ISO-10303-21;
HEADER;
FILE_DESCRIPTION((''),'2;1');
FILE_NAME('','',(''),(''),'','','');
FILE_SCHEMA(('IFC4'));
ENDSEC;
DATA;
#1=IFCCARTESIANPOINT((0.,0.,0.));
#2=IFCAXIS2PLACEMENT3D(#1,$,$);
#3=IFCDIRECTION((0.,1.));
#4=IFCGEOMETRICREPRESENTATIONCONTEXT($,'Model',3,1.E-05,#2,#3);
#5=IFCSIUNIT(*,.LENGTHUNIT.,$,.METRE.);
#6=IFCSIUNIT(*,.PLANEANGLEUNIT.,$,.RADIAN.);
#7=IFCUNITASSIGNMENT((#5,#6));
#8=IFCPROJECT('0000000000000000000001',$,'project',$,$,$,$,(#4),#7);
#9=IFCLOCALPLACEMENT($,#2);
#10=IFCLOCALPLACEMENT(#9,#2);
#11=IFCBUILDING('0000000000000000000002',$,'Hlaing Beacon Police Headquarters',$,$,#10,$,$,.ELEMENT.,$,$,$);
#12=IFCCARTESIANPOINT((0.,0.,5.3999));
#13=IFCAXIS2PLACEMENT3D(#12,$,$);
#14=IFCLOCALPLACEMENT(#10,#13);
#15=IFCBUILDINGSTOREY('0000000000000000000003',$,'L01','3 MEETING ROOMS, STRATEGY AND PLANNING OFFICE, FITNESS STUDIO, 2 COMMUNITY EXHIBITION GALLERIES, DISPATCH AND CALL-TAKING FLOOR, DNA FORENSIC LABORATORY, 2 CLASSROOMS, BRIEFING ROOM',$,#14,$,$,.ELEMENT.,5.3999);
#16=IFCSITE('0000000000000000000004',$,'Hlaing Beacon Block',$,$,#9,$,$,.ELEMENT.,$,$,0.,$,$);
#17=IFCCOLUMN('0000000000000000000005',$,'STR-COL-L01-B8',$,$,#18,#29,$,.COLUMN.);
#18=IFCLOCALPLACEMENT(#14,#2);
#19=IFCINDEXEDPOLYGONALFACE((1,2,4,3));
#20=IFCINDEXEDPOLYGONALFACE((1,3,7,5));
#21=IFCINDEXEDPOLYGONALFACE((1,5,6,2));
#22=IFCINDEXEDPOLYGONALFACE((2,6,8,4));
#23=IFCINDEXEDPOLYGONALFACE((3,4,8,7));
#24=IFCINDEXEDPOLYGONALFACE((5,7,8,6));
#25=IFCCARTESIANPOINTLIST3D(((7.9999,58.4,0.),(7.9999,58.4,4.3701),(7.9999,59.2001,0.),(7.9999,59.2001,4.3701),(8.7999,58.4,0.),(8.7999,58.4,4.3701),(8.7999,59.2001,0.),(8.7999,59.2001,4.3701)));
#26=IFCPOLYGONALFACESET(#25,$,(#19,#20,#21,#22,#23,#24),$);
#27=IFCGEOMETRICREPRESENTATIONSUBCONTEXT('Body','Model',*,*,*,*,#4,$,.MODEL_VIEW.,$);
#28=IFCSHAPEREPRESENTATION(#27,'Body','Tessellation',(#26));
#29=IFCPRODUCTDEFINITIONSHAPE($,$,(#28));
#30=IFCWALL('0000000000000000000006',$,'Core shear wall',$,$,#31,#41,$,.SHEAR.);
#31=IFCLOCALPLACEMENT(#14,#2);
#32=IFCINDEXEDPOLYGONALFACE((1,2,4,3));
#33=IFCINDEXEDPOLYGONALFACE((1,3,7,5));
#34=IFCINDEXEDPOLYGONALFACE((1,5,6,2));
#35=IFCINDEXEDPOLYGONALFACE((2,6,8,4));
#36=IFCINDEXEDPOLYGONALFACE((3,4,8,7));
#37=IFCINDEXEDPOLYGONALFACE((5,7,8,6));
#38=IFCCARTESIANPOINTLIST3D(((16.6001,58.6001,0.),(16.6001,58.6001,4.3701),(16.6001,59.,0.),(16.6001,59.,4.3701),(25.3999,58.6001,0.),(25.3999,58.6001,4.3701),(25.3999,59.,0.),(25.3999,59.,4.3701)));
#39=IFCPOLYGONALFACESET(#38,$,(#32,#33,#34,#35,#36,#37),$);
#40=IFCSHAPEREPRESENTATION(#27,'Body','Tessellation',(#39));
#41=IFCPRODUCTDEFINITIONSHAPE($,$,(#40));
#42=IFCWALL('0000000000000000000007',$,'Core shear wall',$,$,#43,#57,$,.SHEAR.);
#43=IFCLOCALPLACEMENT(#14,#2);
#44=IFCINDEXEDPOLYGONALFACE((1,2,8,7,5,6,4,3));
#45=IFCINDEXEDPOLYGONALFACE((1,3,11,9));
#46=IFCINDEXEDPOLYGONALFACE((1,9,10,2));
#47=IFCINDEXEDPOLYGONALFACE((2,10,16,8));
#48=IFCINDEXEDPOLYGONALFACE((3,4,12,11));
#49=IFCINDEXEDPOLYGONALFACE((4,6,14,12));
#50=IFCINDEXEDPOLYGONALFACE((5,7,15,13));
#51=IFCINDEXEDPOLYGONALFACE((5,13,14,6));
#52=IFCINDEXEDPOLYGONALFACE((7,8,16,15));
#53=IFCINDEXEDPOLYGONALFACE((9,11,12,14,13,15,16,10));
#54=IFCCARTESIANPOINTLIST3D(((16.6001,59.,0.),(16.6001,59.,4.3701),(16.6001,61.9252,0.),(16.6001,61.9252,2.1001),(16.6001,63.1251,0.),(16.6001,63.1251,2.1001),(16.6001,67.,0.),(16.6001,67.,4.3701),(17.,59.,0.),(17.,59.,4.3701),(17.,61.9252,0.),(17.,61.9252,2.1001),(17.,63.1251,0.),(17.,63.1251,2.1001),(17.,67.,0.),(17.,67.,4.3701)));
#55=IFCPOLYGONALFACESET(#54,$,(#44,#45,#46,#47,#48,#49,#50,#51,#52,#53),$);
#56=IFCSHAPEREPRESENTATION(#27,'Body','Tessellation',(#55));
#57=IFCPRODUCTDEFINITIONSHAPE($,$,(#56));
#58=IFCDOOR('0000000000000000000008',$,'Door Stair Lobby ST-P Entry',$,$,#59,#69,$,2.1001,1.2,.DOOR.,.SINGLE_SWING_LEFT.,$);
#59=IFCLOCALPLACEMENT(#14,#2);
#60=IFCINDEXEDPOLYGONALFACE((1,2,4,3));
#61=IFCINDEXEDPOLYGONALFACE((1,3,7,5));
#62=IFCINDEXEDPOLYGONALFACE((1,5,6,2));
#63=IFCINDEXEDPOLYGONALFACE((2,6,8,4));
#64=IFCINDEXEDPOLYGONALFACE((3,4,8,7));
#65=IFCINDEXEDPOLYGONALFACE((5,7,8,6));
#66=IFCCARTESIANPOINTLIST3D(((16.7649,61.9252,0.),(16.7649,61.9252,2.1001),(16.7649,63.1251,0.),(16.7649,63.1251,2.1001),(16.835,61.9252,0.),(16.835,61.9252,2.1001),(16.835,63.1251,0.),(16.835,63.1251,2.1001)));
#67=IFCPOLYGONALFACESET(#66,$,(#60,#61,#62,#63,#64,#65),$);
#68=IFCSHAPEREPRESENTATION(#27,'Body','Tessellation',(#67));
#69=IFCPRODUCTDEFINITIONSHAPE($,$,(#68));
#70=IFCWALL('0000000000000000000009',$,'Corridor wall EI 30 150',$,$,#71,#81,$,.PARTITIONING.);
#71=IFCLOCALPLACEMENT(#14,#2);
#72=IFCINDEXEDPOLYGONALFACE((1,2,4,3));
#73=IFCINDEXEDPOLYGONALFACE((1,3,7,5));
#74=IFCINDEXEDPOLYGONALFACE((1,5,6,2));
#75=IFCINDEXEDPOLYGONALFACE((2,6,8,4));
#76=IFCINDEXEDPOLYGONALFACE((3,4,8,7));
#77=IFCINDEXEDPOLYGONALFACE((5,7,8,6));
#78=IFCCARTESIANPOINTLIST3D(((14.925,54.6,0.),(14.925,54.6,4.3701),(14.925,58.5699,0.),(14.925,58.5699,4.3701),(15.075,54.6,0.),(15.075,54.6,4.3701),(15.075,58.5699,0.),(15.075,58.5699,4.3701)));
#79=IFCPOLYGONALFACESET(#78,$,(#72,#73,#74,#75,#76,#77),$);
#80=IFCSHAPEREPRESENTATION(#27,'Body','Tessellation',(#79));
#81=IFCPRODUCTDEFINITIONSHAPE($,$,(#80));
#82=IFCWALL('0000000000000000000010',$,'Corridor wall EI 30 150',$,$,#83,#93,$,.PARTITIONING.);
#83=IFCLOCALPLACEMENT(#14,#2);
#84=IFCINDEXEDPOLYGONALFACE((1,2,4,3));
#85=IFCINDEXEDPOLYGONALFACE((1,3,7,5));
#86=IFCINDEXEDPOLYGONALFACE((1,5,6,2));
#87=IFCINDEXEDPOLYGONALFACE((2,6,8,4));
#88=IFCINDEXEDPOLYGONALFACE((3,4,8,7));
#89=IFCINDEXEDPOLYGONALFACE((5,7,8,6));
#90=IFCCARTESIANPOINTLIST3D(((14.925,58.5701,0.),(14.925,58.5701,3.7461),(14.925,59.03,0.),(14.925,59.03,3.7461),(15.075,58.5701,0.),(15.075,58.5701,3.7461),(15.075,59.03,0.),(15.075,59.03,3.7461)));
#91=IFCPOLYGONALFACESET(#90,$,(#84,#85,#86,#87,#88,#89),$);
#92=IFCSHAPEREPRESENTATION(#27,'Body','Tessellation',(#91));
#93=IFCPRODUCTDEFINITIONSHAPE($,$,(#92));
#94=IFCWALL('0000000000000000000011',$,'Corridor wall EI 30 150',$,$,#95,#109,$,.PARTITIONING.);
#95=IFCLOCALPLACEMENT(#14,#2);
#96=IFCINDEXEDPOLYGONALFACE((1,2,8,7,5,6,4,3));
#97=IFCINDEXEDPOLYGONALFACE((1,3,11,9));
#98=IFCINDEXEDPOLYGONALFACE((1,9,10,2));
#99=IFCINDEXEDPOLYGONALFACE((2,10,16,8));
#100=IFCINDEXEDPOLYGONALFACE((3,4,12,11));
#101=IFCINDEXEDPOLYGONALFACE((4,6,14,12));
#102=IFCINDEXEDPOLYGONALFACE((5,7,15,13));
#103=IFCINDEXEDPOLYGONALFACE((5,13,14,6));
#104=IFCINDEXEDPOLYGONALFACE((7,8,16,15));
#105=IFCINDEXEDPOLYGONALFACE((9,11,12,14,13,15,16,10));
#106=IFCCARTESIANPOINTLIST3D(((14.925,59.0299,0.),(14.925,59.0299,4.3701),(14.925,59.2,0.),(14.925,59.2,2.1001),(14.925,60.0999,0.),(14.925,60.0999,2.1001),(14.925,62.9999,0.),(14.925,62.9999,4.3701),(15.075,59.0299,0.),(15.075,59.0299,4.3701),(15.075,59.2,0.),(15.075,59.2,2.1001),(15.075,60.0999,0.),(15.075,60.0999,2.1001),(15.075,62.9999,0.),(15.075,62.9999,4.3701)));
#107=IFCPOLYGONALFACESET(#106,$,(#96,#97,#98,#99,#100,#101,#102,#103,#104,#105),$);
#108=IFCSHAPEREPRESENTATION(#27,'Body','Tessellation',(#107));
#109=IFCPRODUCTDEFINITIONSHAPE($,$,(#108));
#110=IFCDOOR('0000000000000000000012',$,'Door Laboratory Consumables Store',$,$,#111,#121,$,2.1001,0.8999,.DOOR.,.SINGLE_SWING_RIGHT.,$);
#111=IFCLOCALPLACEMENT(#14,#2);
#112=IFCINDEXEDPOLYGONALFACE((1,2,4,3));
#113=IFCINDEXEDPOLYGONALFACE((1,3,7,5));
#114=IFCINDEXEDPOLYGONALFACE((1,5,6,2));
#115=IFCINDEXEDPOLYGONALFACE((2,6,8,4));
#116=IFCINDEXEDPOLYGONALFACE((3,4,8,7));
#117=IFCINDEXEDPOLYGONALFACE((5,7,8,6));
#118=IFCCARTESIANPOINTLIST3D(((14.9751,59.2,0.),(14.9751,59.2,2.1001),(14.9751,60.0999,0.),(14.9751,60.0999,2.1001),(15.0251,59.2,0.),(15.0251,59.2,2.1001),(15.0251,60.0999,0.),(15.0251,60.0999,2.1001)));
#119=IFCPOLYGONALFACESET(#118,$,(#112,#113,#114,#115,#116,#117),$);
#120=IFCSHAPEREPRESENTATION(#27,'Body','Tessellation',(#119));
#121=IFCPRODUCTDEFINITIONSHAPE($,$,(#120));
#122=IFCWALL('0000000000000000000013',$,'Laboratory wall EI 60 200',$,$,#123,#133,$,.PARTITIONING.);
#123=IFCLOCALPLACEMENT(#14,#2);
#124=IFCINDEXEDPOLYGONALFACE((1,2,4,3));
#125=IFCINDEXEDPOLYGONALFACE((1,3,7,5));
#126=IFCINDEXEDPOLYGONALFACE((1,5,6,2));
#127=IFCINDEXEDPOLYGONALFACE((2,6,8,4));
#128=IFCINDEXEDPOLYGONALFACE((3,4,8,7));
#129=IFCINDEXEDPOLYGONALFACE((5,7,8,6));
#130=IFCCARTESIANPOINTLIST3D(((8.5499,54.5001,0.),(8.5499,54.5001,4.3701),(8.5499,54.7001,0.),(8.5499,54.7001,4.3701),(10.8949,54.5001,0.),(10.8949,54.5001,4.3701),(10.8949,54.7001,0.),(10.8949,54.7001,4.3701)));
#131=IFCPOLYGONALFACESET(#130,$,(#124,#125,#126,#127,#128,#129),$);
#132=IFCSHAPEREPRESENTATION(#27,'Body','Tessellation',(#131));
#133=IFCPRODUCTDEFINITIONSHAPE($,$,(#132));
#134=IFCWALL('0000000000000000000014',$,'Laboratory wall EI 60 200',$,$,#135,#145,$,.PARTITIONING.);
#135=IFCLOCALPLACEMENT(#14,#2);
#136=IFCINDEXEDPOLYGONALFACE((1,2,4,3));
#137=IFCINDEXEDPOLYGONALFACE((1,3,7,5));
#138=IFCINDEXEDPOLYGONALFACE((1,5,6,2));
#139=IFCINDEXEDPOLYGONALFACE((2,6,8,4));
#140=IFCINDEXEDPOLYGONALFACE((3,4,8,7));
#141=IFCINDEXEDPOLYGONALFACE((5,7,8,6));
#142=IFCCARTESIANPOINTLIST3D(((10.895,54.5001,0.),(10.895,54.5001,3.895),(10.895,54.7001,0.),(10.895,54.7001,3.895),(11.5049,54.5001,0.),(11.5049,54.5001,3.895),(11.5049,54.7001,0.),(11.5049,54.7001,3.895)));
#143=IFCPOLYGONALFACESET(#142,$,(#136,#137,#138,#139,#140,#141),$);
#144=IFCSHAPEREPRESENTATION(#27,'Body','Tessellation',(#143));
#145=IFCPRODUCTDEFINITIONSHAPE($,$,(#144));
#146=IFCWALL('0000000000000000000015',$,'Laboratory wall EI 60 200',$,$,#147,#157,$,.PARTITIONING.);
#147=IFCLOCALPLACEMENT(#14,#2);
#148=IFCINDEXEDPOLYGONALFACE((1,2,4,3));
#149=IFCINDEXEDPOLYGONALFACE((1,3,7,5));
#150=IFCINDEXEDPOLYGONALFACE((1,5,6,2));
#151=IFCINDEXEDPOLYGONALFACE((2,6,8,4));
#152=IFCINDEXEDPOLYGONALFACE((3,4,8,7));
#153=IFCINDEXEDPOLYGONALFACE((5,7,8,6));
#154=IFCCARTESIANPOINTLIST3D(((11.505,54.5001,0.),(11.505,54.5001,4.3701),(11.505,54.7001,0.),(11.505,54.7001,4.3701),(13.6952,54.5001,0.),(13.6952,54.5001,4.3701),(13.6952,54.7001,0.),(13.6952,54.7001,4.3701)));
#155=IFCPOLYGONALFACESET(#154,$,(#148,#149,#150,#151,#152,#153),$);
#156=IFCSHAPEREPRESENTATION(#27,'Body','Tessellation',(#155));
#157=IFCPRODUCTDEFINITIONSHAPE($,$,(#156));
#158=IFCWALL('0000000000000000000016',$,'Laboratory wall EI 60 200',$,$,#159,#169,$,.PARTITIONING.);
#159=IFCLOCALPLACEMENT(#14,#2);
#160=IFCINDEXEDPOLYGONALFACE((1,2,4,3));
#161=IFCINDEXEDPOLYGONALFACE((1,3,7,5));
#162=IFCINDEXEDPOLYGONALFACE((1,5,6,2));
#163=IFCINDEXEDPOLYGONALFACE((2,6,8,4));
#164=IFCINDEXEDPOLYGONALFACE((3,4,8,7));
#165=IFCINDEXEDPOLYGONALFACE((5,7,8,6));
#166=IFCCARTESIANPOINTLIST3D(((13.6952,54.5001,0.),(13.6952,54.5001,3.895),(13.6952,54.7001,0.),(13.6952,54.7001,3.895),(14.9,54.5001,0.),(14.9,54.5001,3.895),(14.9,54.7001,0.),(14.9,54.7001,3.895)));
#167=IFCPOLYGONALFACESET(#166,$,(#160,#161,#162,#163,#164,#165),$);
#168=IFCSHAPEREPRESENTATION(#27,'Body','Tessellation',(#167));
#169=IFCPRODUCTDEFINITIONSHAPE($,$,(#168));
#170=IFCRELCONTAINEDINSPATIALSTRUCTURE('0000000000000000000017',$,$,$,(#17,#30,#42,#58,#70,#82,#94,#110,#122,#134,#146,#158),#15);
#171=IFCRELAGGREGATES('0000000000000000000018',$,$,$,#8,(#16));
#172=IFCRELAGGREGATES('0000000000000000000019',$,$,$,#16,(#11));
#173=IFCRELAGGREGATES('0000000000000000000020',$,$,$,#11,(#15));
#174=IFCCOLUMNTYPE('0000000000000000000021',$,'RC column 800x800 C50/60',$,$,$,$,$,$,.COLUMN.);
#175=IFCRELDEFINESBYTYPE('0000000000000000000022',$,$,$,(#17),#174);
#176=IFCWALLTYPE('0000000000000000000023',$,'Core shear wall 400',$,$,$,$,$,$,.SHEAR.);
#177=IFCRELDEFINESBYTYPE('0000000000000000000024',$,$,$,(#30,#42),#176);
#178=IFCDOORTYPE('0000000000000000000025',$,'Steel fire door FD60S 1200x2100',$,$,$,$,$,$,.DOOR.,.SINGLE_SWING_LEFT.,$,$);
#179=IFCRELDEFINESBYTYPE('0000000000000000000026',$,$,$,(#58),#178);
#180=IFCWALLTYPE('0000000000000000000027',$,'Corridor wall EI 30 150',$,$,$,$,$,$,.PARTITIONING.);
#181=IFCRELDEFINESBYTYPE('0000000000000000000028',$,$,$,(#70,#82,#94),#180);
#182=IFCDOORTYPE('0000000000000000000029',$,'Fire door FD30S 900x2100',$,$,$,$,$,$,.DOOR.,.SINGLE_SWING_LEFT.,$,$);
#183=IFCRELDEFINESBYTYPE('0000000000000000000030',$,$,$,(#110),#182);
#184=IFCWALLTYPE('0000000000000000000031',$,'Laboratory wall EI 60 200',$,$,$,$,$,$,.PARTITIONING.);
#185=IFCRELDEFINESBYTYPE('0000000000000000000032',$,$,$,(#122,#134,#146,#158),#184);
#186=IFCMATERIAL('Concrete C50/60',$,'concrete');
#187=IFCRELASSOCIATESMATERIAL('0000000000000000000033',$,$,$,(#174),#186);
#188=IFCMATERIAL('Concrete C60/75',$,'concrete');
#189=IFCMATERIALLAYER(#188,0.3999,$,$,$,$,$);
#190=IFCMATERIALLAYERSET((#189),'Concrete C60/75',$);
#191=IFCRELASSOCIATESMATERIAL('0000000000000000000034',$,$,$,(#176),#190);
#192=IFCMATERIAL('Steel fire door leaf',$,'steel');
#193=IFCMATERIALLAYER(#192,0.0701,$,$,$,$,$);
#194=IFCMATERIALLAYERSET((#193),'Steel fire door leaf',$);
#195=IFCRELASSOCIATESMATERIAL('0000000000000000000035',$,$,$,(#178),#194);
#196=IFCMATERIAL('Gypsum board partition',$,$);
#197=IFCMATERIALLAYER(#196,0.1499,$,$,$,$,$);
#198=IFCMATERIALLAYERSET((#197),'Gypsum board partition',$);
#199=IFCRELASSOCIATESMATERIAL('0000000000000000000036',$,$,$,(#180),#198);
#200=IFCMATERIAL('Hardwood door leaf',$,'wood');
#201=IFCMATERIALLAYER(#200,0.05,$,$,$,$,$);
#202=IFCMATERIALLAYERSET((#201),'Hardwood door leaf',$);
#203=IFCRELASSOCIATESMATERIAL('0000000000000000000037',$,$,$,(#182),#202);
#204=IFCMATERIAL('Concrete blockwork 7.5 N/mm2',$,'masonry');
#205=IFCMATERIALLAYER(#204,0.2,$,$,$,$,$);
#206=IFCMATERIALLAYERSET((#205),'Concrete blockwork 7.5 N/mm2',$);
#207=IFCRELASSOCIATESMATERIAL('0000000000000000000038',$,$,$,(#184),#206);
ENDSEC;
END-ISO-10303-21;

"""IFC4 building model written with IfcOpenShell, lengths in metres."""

from ifc_helpers import new_model, si_unit, direction, frame, frame_2d, origin, origin_2d, place, context, subcontext, project, spatial, rectangle, extrude, material, layer, layer_set, material_profile, profile_set, type_object, element, fill, save


model = new_model("IFC4")

# Units and contexts
model_context = context("Model", 3, precision=1e-05, world=origin(), true_north=direction((0.0, 1.0)))
body_context = subcontext(model_context, "Body", "Model", "MODEL_VIEW")
ifc_project = project(units=[si_unit("LENGTHUNIT", "METRE"), si_unit("PLANEANGLEUNIT", "RADIAN")], contexts=[model_context])

# Site, building, storey
site_placement = place(None, origin())
site = spatial("IfcSite", under=ifc_project, at=site_placement, Name="Hlaing Beacon Block", CompositionType="ELEMENT", RefElevation=0.0)
building_placement = place(site_placement, origin())
building = spatial("IfcBuilding", under=site, at=building_placement, Name="Hlaing Beacon Police Headquarters", CompositionType="ELEMENT")
storey_placement = place(building_placement, frame((0.0, 0.0, 5.3999)))
storey = spatial("IfcBuildingStorey", under=building, at=storey_placement, Name="L01", Description="3 MEETING ROOMS, STRATEGY AND PLANNING OFFICE, FITNESS STUDIO, 2 COMMUNITY EXHIBITION GALLERIES, DISPATCH AND CALL-TAKING FLOOR, DNA FORENSIC LABORATORY, 2 CLASSROOMS, BRIEFING ROOM", CompositionType="ELEMENT", Elevation=5.3999)

# Column
ifc_material_1 = material(Name="Concrete C50/60", Category="concrete")
ifc_material_profile = material_profile(ifc_material_1, rectangle(XDim=0.8, YDim=0.8, at=origin_2d()), Name="800x800")
ifc_profile_set = profile_set([ifc_material_profile], Name="Concrete C50/60")
column_type = type_object("IfcColumnType", Name="RC column 800x800 C50/60", PredefinedType="COLUMN", material=ifc_profile_set)
column_placement = place(storey_placement, frame((8.3999, 58.8, 0.0), z_axis=(0.0, 0.0, 1.0), x_axis=(1.0, 0.0, 0.0)))
element("IfcColumn", 1, at=column_placement, inside=storey, type_object=column_type, Name="STR-COL-L01-B8", PredefinedType="COLUMN", context=body_context, shape_type="SweptSolid", body=[
    extrude(rectangle(XDim=0.8, YDim=0.8, at=origin_2d()), origin(), (0.0, 0.0, 1.0), 4.3701),
])

# Wall
ifc_material_2 = material(Name="Concrete C60/75", Category="concrete")
ifc_layer_1 = layer(ifc_material_2, 0.3999)
ifc_layer_set_1 = layer_set([ifc_layer_1], Name="Concrete C60/75")
wall_type_1 = type_object("IfcWallType", Name="Core shear wall 400", PredefinedType="SHEAR", material=ifc_layer_set_1)
wall_1_placement = place(storey_placement, frame((16.6001, 58.8, 0.0), z_axis=(0.0, 0.0, 1.0), x_axis=(1.0, 0.0, 0.0)))
element("IfcWall", 2, at=wall_1_placement, inside=storey, type_object=wall_type_1, Name="Core shear wall", PredefinedType="SHEAR", context=body_context, shape_type="SweptSolid", body=[
    extrude(rectangle(XDim=8.7998, YDim=0.3999, at=frame_2d((4.3999, 0.0))), origin(), (0.0, 0.0, 1.0), 4.3701),
])

# Wall, opening, door
wall_2_placement = place(storey_placement, frame((16.8, 59.0, 0.0), z_axis=(0.0, 0.0, 1.0), x_axis=(0.0, 1.0, 0.0)))
wall_2 = element("IfcWall", 3, at=wall_2_placement, inside=storey, type_object=wall_type_1, Name="Core shear wall", PredefinedType="SHEAR", context=body_context, shape_type="SweptSolid", body=[
    extrude(rectangle(XDim=8.0, YDim=0.3999, at=frame_2d((4.0, 0.0))), origin(), (0.0, 0.0, 1.0), 4.3701),
])
opening_1_placement = place(wall_2_placement, frame((2.925, 0.0, 0.0)))
opening_1 = element("IfcOpeningElement", 4, at=opening_1_placement, cuts=wall_2, PredefinedType="OPENING", context=body_context, shape_type="SweptSolid", body=[
    extrude(rectangle(XDim=1.2, YDim=2.1001, at=frame_2d((0.6001, 1.05))), frame((0.0, 0.21, 0.0), z_axis=(0.0, -1.0, 0.0), x_axis=(1.0, 0.0, 0.0)), (0.0, 0.0, 1.0), 0.4199),
])
ifc_material_3 = material(Name="Steel fire door leaf", Category="steel")
ifc_layer_2 = layer(ifc_material_3, 0.0701)
ifc_layer_set_2 = layer_set([ifc_layer_2], Name="Steel fire door leaf")
door_type_1 = type_object("IfcDoorType", Name="Steel fire door FD60S 1200x2100", OperationType="SINGLE_SWING_LEFT", PredefinedType="DOOR", material=ifc_layer_set_2)
door_1_placement = place(opening_1_placement, frame((1.2, 0.0, 0.0), z_axis=(0.0, 0.0, 1.0), x_axis=(-1.0, 0.0, 0.0)))
door_1 = element("IfcDoor", 5, at=door_1_placement, inside=storey, type_object=door_type_1, Name="Door Stair Lobby ST-P Entry", OperationType="SINGLE_SWING_LEFT", OverallHeight=2.1001, OverallWidth=1.2, PredefinedType="DOOR", context=body_context, shape_type="SweptSolid", body=[
    extrude(rectangle(XDim=1.2, YDim=2.1001, at=frame_2d((0.5999, 1.05))), frame((0.0, 0.0349, 0.0), z_axis=(0.0, -1.0, 0.0), x_axis=(1.0, 0.0, 0.0)), (0.0, 0.0, 1.0), 0.0701),
])
fill(opening_1, door_1)

# Walls
ifc_material_4 = material(Name="Gypsum board partition")
ifc_layer_3 = layer(ifc_material_4, 0.1499)
ifc_layer_set_3 = layer_set([ifc_layer_3], Name="Gypsum board partition")
wall_type_2 = type_object("IfcWallType", Name="Corridor wall EI 30 150", PredefinedType="PARTITIONING", material=ifc_layer_set_3)
wall_3_placement = place(storey_placement, frame((15.0, 54.6001, 0.0), z_axis=(0.0, 0.0, 1.0), x_axis=(0.0, 1.0, 0.0)))
element("IfcWall", 6, at=wall_3_placement, inside=storey, type_object=wall_type_2, Name="Corridor wall EI 30 150", PredefinedType="PARTITIONING", context=body_context, shape_type="SweptSolid", body=[
    extrude(rectangle(XDim=3.97, YDim=0.1499, at=frame_2d((1.9849, 0.0))), origin(), (0.0, 0.0, 1.0), 4.3701),
])
wall_4_placement = place(storey_placement, frame((15.0, 58.5701, 0.0), z_axis=(0.0, 0.0, 1.0), x_axis=(0.0, 1.0, 0.0)))
element("IfcWall", 7, at=wall_4_placement, inside=storey, type_object=wall_type_2, Name="Corridor wall EI 30 150", PredefinedType="PARTITIONING", context=body_context, shape_type="SweptSolid", body=[
    extrude(rectangle(XDim=0.46, YDim=0.1499, at=frame_2d((0.23, 0.0))), origin(), (0.0, 0.0, 1.0), 3.7461),
])

# Wall, opening, door
wall_5_placement = place(storey_placement, frame((15.0, 59.03, 0.0), z_axis=(0.0, 0.0, 1.0), x_axis=(0.0, 1.0, 0.0)))
wall_5 = element("IfcWall", 8, at=wall_5_placement, inside=storey, type_object=wall_type_2, Name="Corridor wall EI 30 150", PredefinedType="PARTITIONING", context=body_context, shape_type="SweptSolid", body=[
    extrude(rectangle(XDim=3.97, YDim=0.1499, at=frame_2d((1.9849, 0.0))), origin(), (0.0, 0.0, 1.0), 4.3701),
])
opening_2_placement = place(wall_5_placement, frame((0.1699, 0.0, 0.0)))
opening_2 = element("IfcOpeningElement", 9, at=opening_2_placement, cuts=wall_5, PredefinedType="OPENING", context=body_context, shape_type="SweptSolid", body=[
    extrude(rectangle(XDim=0.8999, YDim=2.1001, at=frame_2d((0.45, 1.05))), frame((0.0, 0.085, 0.0), z_axis=(0.0, -1.0, 0.0), x_axis=(1.0, 0.0, 0.0)), (0.0, 0.0, 1.0), 0.1699),
])
ifc_material_5 = material(Name="Hardwood door leaf", Category="wood")
ifc_layer_4 = layer(ifc_material_5, 0.05)
ifc_layer_set_4 = layer_set([ifc_layer_4], Name="Hardwood door leaf")
door_type_2 = type_object("IfcDoorType", Name="Fire door FD30S 900x2100", OperationType="SINGLE_SWING_LEFT", PredefinedType="DOOR", material=ifc_layer_set_4)
door_2_placement = place(opening_2_placement, origin())
door_2 = element("IfcDoor", 10, at=door_2_placement, inside=storey, type_object=door_type_2, Name="Door Laboratory Consumables Store", OperationType="SINGLE_SWING_RIGHT", OverallHeight=2.1001, OverallWidth=0.8999, PredefinedType="DOOR", context=body_context, shape_type="SweptSolid", body=[
    extrude(rectangle(XDim=0.8999, YDim=2.1001, at=frame_2d((0.45, 1.05))), frame((0.0, 0.0249, 0.0), z_axis=(0.0, -1.0, 0.0), x_axis=(1.0, 0.0, 0.0)), (0.0, 0.0, 1.0), 0.05),
])
fill(opening_2, door_2)

# Walls
ifc_material_6 = material(Name="Concrete blockwork 7.5 N/mm2", Category="masonry")
ifc_layer_5 = layer(ifc_material_6, 0.2)
ifc_layer_set_5 = layer_set([ifc_layer_5], Name="Concrete blockwork 7.5 N/mm2")
wall_type_3 = type_object("IfcWallType", Name="Laboratory wall EI 60 200", PredefinedType="PARTITIONING", material=ifc_layer_set_5)
wall_6_placement = place(storey_placement, frame((8.55, 54.6001, 0.0), z_axis=(0.0, 0.0, 1.0), x_axis=(1.0, 0.0, 0.0)))
element("IfcWall", 11, at=wall_6_placement, inside=storey, type_object=wall_type_3, Name="Laboratory wall EI 60 200", PredefinedType="PARTITIONING", context=body_context, shape_type="SweptSolid", body=[
    extrude(rectangle(XDim=2.345, YDim=0.2, at=frame_2d((1.1724, 0.0))), origin(), (0.0, 0.0, 1.0), 4.3701),
])
wall_7_placement = place(storey_placement, frame((10.895, 54.6001, 0.0), z_axis=(0.0, 0.0, 1.0), x_axis=(1.0, 0.0, 0.0)))
element("IfcWall", 12, at=wall_7_placement, inside=storey, type_object=wall_type_3, Name="Laboratory wall EI 60 200", PredefinedType="PARTITIONING", context=body_context, shape_type="SweptSolid", body=[
    extrude(rectangle(XDim=0.6099, YDim=0.2, at=frame_2d((0.3049, 0.0))), origin(), (0.0, 0.0, 1.0), 3.895),
])
wall_8_placement = place(storey_placement, frame((11.5049, 54.6001, 0.0), z_axis=(0.0, 0.0, 1.0), x_axis=(1.0, 0.0, 0.0)))
element("IfcWall", 13, at=wall_8_placement, inside=storey, type_object=wall_type_3, Name="Laboratory wall EI 60 200", PredefinedType="PARTITIONING", context=body_context, shape_type="SweptSolid", body=[
    extrude(rectangle(XDim=2.1902, YDim=0.2, at=frame_2d((1.0952, 0.0))), origin(), (0.0, 0.0, 1.0), 4.3701),
])
wall_9_placement = place(storey_placement, frame((13.6951, 54.6001, 0.0), z_axis=(0.0, 0.0, 1.0), x_axis=(1.0, 0.0, 0.0)))
element("IfcWall", 14, at=wall_9_placement, inside=storey, type_object=wall_type_3, Name="Laboratory wall EI 60 200", PredefinedType="PARTITIONING", context=body_context, shape_type="SweptSolid", body=[
    extrude(rectangle(XDim=1.2048, YDim=0.2, at=frame_2d((0.6025, 0.0))), origin(), (0.0, 0.0, 1.0), 3.895),
])

save(model, "model.ifc")
